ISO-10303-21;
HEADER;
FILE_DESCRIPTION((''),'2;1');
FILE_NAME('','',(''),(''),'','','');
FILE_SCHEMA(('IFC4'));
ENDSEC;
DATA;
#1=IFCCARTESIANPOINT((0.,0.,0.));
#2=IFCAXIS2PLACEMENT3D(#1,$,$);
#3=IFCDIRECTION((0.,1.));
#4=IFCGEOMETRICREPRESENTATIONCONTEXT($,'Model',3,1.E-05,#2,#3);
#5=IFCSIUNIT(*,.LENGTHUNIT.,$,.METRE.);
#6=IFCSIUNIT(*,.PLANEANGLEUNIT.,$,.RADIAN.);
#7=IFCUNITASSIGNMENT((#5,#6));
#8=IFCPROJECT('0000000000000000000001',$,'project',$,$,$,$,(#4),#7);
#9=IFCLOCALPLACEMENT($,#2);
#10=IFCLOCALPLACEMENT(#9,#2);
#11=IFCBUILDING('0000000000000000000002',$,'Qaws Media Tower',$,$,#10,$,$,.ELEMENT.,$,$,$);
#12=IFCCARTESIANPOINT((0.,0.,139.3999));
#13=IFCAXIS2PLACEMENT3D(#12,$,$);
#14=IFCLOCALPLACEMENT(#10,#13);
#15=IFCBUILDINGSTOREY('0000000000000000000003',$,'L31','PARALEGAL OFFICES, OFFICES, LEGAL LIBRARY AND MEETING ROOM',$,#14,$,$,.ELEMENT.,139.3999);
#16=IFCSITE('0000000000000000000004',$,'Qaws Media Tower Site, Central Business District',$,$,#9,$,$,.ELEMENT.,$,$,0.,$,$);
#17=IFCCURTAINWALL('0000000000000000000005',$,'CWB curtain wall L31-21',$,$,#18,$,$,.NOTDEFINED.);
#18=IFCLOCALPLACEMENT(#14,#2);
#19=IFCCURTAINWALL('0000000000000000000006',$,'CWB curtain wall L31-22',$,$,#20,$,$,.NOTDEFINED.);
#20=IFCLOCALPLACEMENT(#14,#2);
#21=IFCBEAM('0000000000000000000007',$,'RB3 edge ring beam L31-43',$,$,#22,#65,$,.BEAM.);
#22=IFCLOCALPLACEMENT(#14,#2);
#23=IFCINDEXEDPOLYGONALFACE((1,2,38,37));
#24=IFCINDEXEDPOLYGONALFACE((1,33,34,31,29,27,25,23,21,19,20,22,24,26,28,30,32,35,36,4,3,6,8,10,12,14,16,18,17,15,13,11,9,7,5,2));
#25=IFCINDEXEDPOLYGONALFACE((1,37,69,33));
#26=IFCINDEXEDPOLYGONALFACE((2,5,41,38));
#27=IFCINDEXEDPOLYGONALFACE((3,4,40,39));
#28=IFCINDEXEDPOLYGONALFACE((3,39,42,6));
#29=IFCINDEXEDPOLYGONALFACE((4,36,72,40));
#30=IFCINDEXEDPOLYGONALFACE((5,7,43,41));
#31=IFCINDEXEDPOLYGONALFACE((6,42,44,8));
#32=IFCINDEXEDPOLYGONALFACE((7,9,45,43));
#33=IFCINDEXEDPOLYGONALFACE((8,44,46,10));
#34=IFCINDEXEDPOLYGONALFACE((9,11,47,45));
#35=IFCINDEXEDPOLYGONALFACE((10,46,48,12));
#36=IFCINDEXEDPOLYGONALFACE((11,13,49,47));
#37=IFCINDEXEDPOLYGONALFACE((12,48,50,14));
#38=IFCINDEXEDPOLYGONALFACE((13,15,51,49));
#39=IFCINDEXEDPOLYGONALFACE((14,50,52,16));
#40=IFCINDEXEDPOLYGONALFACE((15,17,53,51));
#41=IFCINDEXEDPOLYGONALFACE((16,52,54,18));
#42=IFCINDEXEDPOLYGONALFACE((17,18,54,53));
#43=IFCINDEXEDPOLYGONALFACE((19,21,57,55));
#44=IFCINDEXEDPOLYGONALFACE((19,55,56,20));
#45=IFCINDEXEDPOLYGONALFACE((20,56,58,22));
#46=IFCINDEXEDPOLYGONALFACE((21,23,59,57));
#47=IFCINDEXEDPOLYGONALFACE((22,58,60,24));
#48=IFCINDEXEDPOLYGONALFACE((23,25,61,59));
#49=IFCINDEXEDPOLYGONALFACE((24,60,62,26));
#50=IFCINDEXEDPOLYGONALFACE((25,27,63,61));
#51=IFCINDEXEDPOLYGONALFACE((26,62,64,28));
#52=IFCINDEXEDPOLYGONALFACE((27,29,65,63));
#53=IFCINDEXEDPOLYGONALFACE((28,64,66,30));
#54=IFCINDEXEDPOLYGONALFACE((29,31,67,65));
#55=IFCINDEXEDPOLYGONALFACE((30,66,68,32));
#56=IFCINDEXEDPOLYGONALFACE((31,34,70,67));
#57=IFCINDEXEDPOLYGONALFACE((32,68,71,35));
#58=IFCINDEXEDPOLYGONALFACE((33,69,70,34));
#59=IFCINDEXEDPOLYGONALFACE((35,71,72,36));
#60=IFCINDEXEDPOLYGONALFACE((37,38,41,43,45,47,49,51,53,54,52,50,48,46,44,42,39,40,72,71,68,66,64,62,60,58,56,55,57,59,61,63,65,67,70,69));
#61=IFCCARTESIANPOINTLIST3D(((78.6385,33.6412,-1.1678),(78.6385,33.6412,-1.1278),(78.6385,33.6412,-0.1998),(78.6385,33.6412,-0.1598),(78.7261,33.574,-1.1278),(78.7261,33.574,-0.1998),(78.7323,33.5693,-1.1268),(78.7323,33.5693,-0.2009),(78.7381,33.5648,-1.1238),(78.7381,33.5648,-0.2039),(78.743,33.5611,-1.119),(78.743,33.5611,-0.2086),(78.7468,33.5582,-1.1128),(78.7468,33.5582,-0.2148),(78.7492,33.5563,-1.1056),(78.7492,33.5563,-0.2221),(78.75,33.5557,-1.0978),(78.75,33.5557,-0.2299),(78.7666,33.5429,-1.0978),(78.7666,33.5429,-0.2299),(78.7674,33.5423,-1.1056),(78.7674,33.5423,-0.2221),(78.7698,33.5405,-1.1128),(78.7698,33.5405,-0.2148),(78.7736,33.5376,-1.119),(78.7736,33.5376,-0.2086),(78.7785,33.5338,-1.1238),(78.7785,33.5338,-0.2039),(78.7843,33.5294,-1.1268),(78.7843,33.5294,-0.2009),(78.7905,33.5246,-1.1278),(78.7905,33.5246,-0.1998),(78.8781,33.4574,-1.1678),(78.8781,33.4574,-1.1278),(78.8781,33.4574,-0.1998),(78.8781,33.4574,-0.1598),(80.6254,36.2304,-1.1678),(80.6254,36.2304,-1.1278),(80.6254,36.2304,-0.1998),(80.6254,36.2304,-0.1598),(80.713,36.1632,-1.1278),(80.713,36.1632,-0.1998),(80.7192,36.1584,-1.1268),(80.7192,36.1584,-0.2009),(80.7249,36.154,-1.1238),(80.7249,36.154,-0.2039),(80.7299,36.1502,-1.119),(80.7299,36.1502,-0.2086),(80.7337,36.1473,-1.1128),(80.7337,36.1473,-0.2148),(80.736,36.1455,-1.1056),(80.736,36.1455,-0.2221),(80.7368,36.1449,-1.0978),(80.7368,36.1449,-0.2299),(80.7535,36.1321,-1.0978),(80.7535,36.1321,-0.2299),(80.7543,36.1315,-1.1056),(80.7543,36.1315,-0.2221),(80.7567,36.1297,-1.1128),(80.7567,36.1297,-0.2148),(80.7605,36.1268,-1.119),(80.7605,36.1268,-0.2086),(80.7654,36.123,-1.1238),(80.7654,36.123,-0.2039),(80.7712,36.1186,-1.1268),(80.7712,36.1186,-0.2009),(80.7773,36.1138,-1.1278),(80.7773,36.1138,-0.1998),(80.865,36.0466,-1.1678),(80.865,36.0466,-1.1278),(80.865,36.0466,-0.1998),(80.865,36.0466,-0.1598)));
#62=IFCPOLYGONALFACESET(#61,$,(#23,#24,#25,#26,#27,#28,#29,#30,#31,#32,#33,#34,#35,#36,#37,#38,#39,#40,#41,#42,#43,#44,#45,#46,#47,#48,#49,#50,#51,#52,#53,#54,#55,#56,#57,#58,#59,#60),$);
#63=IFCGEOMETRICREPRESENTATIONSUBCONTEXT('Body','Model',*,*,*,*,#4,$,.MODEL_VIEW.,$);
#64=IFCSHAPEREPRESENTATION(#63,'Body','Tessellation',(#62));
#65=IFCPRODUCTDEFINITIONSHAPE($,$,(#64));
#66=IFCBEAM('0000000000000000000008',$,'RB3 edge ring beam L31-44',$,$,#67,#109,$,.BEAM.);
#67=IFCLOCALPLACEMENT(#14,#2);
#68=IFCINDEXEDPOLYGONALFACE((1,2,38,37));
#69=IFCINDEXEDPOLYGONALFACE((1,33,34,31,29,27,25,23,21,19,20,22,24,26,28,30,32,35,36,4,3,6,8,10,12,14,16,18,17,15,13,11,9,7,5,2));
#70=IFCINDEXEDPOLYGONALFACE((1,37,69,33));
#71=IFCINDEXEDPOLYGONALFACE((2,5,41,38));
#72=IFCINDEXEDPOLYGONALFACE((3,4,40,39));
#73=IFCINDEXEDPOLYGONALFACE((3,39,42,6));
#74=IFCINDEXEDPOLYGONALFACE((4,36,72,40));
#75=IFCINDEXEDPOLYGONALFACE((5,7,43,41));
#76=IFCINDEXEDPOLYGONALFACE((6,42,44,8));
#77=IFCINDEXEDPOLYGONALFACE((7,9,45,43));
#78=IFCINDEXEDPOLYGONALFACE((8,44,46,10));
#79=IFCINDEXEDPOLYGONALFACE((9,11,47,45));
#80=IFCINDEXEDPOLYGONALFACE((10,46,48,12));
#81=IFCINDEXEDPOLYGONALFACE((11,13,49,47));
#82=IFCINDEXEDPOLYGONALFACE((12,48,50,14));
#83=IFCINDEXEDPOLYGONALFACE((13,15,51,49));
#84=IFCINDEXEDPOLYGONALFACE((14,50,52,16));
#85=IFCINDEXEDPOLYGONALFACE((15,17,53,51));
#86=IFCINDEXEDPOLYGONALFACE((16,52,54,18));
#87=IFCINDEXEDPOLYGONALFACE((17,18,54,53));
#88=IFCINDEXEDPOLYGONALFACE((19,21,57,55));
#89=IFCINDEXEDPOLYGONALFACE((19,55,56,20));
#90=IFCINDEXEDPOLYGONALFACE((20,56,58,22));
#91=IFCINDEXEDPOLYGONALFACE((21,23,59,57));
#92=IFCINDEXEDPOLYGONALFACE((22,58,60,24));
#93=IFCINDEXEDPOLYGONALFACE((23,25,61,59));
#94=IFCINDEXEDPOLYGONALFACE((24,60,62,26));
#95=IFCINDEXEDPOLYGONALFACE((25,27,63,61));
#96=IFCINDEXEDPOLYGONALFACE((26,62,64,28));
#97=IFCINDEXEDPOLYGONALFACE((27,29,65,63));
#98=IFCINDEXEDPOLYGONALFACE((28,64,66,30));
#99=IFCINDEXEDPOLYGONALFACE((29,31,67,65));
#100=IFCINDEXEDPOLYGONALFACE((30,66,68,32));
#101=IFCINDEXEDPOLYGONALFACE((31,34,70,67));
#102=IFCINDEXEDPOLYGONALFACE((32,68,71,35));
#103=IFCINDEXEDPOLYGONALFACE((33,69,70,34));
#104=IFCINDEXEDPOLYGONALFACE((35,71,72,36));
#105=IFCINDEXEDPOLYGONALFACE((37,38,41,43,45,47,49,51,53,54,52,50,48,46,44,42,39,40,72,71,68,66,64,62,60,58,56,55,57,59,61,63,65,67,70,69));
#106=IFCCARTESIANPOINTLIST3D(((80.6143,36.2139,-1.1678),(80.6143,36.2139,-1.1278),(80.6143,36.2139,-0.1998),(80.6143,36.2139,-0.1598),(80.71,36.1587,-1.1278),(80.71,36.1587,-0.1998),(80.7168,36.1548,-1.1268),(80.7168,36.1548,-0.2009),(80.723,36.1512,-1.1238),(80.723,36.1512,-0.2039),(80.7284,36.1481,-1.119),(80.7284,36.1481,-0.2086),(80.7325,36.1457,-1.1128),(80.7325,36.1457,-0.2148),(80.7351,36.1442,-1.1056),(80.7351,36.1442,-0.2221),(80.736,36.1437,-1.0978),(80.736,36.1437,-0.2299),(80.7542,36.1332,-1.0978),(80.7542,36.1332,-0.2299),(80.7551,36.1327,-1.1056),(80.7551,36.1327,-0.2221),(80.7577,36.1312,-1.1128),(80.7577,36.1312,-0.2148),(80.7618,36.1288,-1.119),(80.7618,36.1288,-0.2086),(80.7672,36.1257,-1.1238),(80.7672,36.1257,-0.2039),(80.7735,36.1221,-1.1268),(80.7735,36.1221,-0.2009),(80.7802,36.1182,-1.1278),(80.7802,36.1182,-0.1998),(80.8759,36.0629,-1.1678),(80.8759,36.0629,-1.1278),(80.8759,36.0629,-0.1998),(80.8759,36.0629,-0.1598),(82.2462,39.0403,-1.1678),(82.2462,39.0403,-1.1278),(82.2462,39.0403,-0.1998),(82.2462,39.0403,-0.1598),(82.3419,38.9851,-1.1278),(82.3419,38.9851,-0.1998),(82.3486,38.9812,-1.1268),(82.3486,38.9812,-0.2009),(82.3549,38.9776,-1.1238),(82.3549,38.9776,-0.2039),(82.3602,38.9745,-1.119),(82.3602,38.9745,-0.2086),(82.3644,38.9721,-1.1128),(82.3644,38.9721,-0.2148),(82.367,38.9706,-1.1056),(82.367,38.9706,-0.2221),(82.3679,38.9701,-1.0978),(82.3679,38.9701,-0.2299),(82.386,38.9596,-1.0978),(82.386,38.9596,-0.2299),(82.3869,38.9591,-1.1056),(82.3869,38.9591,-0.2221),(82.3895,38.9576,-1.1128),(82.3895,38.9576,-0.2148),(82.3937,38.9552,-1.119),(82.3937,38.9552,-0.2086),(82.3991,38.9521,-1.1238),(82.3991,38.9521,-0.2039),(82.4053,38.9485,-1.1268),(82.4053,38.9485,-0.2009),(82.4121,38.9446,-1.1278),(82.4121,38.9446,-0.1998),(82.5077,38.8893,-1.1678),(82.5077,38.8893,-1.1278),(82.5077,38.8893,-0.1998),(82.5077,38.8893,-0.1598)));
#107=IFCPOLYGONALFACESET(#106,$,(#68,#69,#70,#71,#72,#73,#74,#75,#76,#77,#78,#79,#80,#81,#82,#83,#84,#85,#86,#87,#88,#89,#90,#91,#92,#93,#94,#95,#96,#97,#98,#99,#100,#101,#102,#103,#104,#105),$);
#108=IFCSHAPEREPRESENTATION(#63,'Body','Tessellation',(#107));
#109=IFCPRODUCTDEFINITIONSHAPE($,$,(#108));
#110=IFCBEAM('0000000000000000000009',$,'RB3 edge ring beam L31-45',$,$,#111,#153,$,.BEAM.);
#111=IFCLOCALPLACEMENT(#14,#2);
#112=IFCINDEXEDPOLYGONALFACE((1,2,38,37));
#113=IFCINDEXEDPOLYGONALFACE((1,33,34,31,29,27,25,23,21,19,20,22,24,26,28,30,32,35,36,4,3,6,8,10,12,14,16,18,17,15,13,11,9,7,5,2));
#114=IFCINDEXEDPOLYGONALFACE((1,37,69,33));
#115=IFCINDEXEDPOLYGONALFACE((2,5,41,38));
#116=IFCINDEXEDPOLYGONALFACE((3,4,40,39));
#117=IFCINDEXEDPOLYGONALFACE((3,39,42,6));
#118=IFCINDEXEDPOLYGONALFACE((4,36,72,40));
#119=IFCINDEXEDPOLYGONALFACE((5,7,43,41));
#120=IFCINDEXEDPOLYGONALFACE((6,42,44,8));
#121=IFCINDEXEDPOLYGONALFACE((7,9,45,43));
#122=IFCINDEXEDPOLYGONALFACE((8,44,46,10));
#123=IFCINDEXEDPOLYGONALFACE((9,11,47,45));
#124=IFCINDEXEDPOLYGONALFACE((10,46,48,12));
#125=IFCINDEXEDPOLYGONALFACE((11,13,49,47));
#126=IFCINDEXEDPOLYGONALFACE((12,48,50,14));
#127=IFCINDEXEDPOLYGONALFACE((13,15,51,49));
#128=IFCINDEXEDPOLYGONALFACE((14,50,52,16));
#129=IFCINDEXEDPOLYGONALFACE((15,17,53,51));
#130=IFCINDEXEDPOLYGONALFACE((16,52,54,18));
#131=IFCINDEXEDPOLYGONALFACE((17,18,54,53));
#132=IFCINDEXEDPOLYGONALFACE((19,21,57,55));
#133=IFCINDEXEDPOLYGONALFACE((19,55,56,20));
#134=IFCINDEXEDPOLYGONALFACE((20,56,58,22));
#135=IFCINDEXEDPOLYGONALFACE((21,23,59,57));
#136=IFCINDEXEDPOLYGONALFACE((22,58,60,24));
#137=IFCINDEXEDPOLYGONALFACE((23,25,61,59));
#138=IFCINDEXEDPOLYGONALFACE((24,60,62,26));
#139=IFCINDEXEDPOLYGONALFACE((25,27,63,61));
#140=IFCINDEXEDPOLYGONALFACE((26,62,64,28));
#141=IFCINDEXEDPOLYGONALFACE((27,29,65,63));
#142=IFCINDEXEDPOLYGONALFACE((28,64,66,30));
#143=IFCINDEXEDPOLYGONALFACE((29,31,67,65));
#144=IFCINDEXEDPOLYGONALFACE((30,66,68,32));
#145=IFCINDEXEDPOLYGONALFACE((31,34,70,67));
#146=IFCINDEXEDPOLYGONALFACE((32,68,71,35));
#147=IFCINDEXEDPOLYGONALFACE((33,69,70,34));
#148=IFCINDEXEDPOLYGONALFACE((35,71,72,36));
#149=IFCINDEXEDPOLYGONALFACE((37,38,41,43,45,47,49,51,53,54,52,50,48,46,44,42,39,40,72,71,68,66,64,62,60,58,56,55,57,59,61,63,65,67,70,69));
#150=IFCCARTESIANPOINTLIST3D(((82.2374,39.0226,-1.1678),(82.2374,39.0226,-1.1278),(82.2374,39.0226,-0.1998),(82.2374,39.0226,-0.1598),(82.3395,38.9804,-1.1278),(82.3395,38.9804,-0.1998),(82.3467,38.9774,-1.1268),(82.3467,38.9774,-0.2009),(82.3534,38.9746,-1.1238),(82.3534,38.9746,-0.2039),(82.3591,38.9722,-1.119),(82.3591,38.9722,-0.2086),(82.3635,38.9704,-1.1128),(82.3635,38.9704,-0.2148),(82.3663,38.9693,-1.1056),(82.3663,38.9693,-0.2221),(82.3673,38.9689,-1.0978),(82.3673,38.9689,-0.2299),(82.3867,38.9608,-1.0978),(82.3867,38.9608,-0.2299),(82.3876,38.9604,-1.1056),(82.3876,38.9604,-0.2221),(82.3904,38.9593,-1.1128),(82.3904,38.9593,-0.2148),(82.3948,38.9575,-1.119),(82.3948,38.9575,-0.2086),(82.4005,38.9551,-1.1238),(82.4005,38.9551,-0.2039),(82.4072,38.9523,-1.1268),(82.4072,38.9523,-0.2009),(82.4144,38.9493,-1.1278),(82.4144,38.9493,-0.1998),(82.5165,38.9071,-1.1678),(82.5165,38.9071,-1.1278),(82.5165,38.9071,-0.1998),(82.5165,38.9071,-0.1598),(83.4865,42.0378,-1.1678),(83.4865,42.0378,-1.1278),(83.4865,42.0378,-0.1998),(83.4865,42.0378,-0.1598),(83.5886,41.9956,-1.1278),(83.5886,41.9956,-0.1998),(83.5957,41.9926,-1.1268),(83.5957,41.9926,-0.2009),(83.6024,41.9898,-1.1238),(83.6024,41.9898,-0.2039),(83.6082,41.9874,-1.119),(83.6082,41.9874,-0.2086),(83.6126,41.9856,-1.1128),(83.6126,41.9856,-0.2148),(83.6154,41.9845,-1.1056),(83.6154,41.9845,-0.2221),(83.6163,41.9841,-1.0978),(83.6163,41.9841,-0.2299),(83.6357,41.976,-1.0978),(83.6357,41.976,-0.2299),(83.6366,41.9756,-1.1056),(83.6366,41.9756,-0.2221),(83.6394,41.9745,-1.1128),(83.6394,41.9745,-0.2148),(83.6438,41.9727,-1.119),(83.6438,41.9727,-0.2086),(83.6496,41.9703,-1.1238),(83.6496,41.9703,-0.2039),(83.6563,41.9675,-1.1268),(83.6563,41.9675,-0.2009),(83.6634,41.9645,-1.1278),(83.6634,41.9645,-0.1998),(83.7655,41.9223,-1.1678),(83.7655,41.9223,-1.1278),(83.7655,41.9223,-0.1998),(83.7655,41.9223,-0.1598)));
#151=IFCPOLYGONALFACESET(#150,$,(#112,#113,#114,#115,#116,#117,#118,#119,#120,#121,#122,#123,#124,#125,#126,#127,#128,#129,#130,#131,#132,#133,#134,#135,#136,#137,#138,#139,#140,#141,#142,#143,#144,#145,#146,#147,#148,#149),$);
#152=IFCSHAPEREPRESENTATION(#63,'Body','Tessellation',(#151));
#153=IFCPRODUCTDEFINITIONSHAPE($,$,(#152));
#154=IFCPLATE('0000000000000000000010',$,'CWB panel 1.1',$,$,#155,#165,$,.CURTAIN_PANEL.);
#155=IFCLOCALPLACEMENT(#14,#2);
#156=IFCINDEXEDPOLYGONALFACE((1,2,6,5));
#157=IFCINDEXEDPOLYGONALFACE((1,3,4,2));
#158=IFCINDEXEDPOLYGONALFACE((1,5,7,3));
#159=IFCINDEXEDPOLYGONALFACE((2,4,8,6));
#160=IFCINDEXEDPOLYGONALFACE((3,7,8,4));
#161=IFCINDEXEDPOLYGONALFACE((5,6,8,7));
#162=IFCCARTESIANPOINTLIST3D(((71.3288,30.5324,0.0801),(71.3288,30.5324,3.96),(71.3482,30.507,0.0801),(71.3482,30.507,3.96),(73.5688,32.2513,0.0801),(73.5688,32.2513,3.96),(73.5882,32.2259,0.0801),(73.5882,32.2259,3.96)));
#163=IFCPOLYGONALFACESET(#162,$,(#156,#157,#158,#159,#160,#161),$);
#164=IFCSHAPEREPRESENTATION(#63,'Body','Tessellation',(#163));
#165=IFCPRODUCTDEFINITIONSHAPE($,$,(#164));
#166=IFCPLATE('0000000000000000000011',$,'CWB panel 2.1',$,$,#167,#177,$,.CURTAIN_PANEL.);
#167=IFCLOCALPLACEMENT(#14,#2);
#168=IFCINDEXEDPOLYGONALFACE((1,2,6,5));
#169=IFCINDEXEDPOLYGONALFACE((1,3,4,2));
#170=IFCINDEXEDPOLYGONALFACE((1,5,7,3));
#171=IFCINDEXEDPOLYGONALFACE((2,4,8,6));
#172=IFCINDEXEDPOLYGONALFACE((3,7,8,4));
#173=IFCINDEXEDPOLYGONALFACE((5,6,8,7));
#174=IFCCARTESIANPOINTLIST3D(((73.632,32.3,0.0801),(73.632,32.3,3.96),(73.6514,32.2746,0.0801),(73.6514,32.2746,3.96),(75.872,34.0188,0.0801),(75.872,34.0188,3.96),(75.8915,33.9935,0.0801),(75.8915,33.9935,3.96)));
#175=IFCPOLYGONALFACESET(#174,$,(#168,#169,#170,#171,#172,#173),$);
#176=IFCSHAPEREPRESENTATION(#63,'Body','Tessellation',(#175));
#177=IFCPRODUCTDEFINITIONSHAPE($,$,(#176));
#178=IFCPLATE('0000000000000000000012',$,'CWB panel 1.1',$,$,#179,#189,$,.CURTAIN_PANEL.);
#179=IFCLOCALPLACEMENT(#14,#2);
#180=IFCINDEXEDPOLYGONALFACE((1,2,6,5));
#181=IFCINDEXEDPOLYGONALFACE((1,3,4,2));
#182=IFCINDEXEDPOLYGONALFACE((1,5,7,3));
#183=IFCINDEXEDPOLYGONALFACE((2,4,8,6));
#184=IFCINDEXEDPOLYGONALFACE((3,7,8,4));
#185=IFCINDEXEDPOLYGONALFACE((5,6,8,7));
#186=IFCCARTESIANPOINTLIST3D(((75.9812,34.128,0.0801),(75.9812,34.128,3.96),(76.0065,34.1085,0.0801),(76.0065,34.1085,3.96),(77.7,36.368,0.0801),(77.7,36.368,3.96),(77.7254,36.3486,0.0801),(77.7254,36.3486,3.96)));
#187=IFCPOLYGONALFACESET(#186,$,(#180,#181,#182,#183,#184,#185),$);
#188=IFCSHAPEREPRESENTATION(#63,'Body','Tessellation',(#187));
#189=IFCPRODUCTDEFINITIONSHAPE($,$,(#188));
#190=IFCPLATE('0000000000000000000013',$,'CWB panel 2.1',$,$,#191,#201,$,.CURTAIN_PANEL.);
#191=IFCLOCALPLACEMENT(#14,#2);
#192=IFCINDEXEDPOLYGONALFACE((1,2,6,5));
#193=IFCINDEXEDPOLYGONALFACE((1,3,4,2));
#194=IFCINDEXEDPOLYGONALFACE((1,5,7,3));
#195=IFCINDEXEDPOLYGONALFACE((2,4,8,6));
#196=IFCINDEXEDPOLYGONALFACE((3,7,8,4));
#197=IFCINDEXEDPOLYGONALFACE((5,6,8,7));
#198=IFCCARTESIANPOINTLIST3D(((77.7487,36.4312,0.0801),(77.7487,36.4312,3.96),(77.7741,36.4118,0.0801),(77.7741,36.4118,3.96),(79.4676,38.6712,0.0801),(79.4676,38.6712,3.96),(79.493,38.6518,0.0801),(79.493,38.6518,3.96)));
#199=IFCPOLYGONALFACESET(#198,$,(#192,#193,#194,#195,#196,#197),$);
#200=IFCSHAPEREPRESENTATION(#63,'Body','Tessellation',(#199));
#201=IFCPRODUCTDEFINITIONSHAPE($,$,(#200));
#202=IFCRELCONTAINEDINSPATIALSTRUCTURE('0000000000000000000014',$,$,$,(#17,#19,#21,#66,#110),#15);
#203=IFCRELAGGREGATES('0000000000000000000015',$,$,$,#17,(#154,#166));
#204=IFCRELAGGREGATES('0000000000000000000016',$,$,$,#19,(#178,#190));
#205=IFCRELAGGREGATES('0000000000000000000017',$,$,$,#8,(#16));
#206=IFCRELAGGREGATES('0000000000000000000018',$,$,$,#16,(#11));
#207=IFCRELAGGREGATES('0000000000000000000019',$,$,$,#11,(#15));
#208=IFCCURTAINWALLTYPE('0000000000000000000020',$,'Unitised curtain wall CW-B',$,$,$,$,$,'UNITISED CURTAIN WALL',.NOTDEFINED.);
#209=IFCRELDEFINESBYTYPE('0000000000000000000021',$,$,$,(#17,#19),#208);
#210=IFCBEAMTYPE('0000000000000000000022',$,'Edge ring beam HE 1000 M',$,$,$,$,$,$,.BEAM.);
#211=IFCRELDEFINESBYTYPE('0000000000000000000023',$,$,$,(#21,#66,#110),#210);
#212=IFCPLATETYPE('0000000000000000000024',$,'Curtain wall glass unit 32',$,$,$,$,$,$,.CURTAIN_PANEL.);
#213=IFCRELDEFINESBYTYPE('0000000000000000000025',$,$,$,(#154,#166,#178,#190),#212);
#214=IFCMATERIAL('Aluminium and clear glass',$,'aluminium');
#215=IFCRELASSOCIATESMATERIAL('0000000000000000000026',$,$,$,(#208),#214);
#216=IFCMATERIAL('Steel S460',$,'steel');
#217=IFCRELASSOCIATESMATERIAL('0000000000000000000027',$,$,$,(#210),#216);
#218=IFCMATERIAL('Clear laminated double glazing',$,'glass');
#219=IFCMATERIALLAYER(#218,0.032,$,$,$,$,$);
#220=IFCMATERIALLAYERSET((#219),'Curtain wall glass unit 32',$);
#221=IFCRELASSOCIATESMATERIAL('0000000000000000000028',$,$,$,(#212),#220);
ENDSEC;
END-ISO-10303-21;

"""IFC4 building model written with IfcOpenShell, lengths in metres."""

from ifc_helpers import new_model, si_unit, direction, frame, origin, origin_2d, place, context, subcontext, project, spatial, rectangle, i_section, extrude, material, layer, layer_set, material_profile, profile_set, type_object, element, aggregate, save


model = new_model("IFC4")

# Units and contexts
model_context = context("Model", 3, precision=1e-05, world=origin(), true_north=direction((0.0, 1.0)))
body_context = subcontext(model_context, "Body", "Model", "MODEL_VIEW")
ifc_project = project(units=[si_unit("LENGTHUNIT", "METRE"), si_unit("PLANEANGLEUNIT", "RADIAN")], contexts=[model_context])

# Site, building, storey
site_placement = place(None, origin())
site = spatial("IfcSite", under=ifc_project, at=site_placement, Name="Qaws Media Tower Site, Central Business District", CompositionType="ELEMENT", RefElevation=0.0)
building_placement = place(site_placement, origin())
building = spatial("IfcBuilding", under=site, at=building_placement, Name="Qaws Media Tower", CompositionType="ELEMENT")
storey_placement = place(building_placement, frame((0.0, 0.0, 139.3999)))
storey = spatial("IfcBuildingStorey", under=building, at=storey_placement, Name="L31", Description="PARALEGAL OFFICES, OFFICES, LEGAL LIBRARY AND MEETING ROOM", CompositionType="ELEMENT", Elevation=139.3999)

# Curtain walls
ifc_material_1 = material(Name="Aluminium and clear glass", Category="aluminium")
curtain_wall_type = type_object("IfcCurtainWallType", Name="Unitised curtain wall CW-B", ElementType="UNITISED CURTAIN WALL", PredefinedType="NOTDEFINED", material=ifc_material_1)
curtain_wall_1_placement = place(storey_placement, origin())
curtain_wall_1 = element("IfcCurtainWall", 1, at=curtain_wall_1_placement, inside=storey, type_object=curtain_wall_type, Name="CWB curtain wall L31-21", PredefinedType="NOTDEFINED")
curtain_wall_2_placement = place(storey_placement, origin())
curtain_wall_2 = element("IfcCurtainWall", 2, at=curtain_wall_2_placement, inside=storey, type_object=curtain_wall_type, Name="CWB curtain wall L31-22", PredefinedType="NOTDEFINED")

# Beams
ifc_material_2 = material(Name="Steel S460", Category="steel")
ifc_material_profile_1 = material_profile(ifc_material_2, i_section(OverallWidth=0.302, OverallDepth=1.0081, WebThickness=0.021, FlangeThickness=0.04, FilletRadius=0.03, at=origin_2d()), Name="HE 1000 M")
ifc_profile_set_1 = profile_set([ifc_material_profile_1], Name="Steel S460")
beam_type = type_object("IfcBeamType", Name="Edge ring beam HE 1000 M", PredefinedType="BEAM", material=ifc_profile_set_1)
for number, where, z_axis, x_axis, name in (
    (3, (78.7583, 33.5493, -0.6638), (0.608785, 0.793335, 0.0), (-0.793335, 0.608785, 0.0), "RB3 edge ring beam L31-43"),
    (4, (80.7451, 36.1384, -0.6638), (0.500001, 0.866025, 0.0), (-0.866025, 0.500001, 0.0), "RB3 edge ring beam L31-44"),
    (5, (82.377, 38.9648, -0.6638), (0.382713, 0.923867, 0.0), (-0.923867, 0.382713, 0.0), "RB3 edge ring beam L31-45"),
):
    element("IfcBeam", number, at=place(storey_placement, frame(where, z_axis=z_axis, x_axis=x_axis)), inside=storey, type_object=beam_type, Name=name, PredefinedType="BEAM", context=body_context, shape_type="SweptSolid", body=[
        extrude(i_section(OverallWidth=0.302, OverallDepth=1.0081, WebThickness=0.021, FlangeThickness=0.04, FilletRadius=0.03, at=origin_2d()), origin(), (0.0, 0.0, 1.0), 3.2637),
    ])

# Plates
ifc_material_3 = material(Name="Clear laminated double glazing", Category="glass")
ifc_layer_1 = layer(ifc_material_3, 0.032)
ifc_layer_set_1 = layer_set([ifc_layer_1], Name="Curtain wall glass unit 32")
plate_type_1 = type_object("IfcPlateType", Name="Curtain wall glass unit 32", PredefinedType="CURTAIN_PANEL", material=ifc_layer_set_1)
plate_1_placement = place(storey_placement, frame((72.4585, 31.3792, 0.0801), z_axis=(0.0, 0.0, 1.0), x_axis=(0.793353, 0.608761, 0.0)))
plate_1 = element("IfcPlate", 6, at=plate_1_placement, type_object=plate_type_1, Name="CWB panel 1.1", PredefinedType="CURTAIN_PANEL", context=body_context, shape_type="SweptSolid", body=[
    extrude(rectangle(XDim=2.8235, YDim=0.032, at=origin_2d()), origin(), (0.0, 0.0, 1.0), 3.8799),
])
plate_2_placement = place(storey_placement, frame((74.7617, 33.1467, 0.0801), z_axis=(0.0, 0.0, 1.0), x_axis=(0.793353, 0.608761, 0.0)))
plate_2 = element("IfcPlate", 7, at=plate_2_placement, type_object=plate_type_1, Name="CWB panel 2.1", PredefinedType="CURTAIN_PANEL", context=body_context, shape_type="SweptSolid", body=[
    extrude(rectangle(XDim=2.8235, YDim=0.032, at=origin_2d()), origin(), (0.0, 0.0, 1.0), 3.8799),
])
aggregate(curtain_wall_1, [plate_1, plate_2])
plate_3_placement = place(storey_placement, frame((76.8533, 35.2383, 0.0801), z_axis=(0.0, 0.0, 1.0), x_axis=(0.608761, 0.793353, 0.0)))
plate_3 = element("IfcPlate", 8, at=plate_3_placement, type_object=plate_type_1, Name="CWB panel 1.1", PredefinedType="CURTAIN_PANEL", context=body_context, shape_type="SweptSolid", body=[
    extrude(rectangle(XDim=2.8235, YDim=0.032, at=origin_2d()), origin(), (0.0, 0.0, 1.0), 3.8799),
])
plate_4_placement = place(storey_placement, frame((78.6208, 37.5415, 0.0801), z_axis=(0.0, 0.0, 1.0), x_axis=(0.608761, 0.793353, 0.0)))
plate_4 = element("IfcPlate", 9, at=plate_4_placement, type_object=plate_type_1, Name="CWB panel 2.1", PredefinedType="CURTAIN_PANEL", context=body_context, shape_type="SweptSolid", body=[
    extrude(rectangle(XDim=2.8235, YDim=0.032, at=origin_2d()), origin(), (0.0, 0.0, 1.0), 3.8799),
])
aggregate(curtain_wall_2, [plate_3, plate_4])

save(model, "model.ifc")
